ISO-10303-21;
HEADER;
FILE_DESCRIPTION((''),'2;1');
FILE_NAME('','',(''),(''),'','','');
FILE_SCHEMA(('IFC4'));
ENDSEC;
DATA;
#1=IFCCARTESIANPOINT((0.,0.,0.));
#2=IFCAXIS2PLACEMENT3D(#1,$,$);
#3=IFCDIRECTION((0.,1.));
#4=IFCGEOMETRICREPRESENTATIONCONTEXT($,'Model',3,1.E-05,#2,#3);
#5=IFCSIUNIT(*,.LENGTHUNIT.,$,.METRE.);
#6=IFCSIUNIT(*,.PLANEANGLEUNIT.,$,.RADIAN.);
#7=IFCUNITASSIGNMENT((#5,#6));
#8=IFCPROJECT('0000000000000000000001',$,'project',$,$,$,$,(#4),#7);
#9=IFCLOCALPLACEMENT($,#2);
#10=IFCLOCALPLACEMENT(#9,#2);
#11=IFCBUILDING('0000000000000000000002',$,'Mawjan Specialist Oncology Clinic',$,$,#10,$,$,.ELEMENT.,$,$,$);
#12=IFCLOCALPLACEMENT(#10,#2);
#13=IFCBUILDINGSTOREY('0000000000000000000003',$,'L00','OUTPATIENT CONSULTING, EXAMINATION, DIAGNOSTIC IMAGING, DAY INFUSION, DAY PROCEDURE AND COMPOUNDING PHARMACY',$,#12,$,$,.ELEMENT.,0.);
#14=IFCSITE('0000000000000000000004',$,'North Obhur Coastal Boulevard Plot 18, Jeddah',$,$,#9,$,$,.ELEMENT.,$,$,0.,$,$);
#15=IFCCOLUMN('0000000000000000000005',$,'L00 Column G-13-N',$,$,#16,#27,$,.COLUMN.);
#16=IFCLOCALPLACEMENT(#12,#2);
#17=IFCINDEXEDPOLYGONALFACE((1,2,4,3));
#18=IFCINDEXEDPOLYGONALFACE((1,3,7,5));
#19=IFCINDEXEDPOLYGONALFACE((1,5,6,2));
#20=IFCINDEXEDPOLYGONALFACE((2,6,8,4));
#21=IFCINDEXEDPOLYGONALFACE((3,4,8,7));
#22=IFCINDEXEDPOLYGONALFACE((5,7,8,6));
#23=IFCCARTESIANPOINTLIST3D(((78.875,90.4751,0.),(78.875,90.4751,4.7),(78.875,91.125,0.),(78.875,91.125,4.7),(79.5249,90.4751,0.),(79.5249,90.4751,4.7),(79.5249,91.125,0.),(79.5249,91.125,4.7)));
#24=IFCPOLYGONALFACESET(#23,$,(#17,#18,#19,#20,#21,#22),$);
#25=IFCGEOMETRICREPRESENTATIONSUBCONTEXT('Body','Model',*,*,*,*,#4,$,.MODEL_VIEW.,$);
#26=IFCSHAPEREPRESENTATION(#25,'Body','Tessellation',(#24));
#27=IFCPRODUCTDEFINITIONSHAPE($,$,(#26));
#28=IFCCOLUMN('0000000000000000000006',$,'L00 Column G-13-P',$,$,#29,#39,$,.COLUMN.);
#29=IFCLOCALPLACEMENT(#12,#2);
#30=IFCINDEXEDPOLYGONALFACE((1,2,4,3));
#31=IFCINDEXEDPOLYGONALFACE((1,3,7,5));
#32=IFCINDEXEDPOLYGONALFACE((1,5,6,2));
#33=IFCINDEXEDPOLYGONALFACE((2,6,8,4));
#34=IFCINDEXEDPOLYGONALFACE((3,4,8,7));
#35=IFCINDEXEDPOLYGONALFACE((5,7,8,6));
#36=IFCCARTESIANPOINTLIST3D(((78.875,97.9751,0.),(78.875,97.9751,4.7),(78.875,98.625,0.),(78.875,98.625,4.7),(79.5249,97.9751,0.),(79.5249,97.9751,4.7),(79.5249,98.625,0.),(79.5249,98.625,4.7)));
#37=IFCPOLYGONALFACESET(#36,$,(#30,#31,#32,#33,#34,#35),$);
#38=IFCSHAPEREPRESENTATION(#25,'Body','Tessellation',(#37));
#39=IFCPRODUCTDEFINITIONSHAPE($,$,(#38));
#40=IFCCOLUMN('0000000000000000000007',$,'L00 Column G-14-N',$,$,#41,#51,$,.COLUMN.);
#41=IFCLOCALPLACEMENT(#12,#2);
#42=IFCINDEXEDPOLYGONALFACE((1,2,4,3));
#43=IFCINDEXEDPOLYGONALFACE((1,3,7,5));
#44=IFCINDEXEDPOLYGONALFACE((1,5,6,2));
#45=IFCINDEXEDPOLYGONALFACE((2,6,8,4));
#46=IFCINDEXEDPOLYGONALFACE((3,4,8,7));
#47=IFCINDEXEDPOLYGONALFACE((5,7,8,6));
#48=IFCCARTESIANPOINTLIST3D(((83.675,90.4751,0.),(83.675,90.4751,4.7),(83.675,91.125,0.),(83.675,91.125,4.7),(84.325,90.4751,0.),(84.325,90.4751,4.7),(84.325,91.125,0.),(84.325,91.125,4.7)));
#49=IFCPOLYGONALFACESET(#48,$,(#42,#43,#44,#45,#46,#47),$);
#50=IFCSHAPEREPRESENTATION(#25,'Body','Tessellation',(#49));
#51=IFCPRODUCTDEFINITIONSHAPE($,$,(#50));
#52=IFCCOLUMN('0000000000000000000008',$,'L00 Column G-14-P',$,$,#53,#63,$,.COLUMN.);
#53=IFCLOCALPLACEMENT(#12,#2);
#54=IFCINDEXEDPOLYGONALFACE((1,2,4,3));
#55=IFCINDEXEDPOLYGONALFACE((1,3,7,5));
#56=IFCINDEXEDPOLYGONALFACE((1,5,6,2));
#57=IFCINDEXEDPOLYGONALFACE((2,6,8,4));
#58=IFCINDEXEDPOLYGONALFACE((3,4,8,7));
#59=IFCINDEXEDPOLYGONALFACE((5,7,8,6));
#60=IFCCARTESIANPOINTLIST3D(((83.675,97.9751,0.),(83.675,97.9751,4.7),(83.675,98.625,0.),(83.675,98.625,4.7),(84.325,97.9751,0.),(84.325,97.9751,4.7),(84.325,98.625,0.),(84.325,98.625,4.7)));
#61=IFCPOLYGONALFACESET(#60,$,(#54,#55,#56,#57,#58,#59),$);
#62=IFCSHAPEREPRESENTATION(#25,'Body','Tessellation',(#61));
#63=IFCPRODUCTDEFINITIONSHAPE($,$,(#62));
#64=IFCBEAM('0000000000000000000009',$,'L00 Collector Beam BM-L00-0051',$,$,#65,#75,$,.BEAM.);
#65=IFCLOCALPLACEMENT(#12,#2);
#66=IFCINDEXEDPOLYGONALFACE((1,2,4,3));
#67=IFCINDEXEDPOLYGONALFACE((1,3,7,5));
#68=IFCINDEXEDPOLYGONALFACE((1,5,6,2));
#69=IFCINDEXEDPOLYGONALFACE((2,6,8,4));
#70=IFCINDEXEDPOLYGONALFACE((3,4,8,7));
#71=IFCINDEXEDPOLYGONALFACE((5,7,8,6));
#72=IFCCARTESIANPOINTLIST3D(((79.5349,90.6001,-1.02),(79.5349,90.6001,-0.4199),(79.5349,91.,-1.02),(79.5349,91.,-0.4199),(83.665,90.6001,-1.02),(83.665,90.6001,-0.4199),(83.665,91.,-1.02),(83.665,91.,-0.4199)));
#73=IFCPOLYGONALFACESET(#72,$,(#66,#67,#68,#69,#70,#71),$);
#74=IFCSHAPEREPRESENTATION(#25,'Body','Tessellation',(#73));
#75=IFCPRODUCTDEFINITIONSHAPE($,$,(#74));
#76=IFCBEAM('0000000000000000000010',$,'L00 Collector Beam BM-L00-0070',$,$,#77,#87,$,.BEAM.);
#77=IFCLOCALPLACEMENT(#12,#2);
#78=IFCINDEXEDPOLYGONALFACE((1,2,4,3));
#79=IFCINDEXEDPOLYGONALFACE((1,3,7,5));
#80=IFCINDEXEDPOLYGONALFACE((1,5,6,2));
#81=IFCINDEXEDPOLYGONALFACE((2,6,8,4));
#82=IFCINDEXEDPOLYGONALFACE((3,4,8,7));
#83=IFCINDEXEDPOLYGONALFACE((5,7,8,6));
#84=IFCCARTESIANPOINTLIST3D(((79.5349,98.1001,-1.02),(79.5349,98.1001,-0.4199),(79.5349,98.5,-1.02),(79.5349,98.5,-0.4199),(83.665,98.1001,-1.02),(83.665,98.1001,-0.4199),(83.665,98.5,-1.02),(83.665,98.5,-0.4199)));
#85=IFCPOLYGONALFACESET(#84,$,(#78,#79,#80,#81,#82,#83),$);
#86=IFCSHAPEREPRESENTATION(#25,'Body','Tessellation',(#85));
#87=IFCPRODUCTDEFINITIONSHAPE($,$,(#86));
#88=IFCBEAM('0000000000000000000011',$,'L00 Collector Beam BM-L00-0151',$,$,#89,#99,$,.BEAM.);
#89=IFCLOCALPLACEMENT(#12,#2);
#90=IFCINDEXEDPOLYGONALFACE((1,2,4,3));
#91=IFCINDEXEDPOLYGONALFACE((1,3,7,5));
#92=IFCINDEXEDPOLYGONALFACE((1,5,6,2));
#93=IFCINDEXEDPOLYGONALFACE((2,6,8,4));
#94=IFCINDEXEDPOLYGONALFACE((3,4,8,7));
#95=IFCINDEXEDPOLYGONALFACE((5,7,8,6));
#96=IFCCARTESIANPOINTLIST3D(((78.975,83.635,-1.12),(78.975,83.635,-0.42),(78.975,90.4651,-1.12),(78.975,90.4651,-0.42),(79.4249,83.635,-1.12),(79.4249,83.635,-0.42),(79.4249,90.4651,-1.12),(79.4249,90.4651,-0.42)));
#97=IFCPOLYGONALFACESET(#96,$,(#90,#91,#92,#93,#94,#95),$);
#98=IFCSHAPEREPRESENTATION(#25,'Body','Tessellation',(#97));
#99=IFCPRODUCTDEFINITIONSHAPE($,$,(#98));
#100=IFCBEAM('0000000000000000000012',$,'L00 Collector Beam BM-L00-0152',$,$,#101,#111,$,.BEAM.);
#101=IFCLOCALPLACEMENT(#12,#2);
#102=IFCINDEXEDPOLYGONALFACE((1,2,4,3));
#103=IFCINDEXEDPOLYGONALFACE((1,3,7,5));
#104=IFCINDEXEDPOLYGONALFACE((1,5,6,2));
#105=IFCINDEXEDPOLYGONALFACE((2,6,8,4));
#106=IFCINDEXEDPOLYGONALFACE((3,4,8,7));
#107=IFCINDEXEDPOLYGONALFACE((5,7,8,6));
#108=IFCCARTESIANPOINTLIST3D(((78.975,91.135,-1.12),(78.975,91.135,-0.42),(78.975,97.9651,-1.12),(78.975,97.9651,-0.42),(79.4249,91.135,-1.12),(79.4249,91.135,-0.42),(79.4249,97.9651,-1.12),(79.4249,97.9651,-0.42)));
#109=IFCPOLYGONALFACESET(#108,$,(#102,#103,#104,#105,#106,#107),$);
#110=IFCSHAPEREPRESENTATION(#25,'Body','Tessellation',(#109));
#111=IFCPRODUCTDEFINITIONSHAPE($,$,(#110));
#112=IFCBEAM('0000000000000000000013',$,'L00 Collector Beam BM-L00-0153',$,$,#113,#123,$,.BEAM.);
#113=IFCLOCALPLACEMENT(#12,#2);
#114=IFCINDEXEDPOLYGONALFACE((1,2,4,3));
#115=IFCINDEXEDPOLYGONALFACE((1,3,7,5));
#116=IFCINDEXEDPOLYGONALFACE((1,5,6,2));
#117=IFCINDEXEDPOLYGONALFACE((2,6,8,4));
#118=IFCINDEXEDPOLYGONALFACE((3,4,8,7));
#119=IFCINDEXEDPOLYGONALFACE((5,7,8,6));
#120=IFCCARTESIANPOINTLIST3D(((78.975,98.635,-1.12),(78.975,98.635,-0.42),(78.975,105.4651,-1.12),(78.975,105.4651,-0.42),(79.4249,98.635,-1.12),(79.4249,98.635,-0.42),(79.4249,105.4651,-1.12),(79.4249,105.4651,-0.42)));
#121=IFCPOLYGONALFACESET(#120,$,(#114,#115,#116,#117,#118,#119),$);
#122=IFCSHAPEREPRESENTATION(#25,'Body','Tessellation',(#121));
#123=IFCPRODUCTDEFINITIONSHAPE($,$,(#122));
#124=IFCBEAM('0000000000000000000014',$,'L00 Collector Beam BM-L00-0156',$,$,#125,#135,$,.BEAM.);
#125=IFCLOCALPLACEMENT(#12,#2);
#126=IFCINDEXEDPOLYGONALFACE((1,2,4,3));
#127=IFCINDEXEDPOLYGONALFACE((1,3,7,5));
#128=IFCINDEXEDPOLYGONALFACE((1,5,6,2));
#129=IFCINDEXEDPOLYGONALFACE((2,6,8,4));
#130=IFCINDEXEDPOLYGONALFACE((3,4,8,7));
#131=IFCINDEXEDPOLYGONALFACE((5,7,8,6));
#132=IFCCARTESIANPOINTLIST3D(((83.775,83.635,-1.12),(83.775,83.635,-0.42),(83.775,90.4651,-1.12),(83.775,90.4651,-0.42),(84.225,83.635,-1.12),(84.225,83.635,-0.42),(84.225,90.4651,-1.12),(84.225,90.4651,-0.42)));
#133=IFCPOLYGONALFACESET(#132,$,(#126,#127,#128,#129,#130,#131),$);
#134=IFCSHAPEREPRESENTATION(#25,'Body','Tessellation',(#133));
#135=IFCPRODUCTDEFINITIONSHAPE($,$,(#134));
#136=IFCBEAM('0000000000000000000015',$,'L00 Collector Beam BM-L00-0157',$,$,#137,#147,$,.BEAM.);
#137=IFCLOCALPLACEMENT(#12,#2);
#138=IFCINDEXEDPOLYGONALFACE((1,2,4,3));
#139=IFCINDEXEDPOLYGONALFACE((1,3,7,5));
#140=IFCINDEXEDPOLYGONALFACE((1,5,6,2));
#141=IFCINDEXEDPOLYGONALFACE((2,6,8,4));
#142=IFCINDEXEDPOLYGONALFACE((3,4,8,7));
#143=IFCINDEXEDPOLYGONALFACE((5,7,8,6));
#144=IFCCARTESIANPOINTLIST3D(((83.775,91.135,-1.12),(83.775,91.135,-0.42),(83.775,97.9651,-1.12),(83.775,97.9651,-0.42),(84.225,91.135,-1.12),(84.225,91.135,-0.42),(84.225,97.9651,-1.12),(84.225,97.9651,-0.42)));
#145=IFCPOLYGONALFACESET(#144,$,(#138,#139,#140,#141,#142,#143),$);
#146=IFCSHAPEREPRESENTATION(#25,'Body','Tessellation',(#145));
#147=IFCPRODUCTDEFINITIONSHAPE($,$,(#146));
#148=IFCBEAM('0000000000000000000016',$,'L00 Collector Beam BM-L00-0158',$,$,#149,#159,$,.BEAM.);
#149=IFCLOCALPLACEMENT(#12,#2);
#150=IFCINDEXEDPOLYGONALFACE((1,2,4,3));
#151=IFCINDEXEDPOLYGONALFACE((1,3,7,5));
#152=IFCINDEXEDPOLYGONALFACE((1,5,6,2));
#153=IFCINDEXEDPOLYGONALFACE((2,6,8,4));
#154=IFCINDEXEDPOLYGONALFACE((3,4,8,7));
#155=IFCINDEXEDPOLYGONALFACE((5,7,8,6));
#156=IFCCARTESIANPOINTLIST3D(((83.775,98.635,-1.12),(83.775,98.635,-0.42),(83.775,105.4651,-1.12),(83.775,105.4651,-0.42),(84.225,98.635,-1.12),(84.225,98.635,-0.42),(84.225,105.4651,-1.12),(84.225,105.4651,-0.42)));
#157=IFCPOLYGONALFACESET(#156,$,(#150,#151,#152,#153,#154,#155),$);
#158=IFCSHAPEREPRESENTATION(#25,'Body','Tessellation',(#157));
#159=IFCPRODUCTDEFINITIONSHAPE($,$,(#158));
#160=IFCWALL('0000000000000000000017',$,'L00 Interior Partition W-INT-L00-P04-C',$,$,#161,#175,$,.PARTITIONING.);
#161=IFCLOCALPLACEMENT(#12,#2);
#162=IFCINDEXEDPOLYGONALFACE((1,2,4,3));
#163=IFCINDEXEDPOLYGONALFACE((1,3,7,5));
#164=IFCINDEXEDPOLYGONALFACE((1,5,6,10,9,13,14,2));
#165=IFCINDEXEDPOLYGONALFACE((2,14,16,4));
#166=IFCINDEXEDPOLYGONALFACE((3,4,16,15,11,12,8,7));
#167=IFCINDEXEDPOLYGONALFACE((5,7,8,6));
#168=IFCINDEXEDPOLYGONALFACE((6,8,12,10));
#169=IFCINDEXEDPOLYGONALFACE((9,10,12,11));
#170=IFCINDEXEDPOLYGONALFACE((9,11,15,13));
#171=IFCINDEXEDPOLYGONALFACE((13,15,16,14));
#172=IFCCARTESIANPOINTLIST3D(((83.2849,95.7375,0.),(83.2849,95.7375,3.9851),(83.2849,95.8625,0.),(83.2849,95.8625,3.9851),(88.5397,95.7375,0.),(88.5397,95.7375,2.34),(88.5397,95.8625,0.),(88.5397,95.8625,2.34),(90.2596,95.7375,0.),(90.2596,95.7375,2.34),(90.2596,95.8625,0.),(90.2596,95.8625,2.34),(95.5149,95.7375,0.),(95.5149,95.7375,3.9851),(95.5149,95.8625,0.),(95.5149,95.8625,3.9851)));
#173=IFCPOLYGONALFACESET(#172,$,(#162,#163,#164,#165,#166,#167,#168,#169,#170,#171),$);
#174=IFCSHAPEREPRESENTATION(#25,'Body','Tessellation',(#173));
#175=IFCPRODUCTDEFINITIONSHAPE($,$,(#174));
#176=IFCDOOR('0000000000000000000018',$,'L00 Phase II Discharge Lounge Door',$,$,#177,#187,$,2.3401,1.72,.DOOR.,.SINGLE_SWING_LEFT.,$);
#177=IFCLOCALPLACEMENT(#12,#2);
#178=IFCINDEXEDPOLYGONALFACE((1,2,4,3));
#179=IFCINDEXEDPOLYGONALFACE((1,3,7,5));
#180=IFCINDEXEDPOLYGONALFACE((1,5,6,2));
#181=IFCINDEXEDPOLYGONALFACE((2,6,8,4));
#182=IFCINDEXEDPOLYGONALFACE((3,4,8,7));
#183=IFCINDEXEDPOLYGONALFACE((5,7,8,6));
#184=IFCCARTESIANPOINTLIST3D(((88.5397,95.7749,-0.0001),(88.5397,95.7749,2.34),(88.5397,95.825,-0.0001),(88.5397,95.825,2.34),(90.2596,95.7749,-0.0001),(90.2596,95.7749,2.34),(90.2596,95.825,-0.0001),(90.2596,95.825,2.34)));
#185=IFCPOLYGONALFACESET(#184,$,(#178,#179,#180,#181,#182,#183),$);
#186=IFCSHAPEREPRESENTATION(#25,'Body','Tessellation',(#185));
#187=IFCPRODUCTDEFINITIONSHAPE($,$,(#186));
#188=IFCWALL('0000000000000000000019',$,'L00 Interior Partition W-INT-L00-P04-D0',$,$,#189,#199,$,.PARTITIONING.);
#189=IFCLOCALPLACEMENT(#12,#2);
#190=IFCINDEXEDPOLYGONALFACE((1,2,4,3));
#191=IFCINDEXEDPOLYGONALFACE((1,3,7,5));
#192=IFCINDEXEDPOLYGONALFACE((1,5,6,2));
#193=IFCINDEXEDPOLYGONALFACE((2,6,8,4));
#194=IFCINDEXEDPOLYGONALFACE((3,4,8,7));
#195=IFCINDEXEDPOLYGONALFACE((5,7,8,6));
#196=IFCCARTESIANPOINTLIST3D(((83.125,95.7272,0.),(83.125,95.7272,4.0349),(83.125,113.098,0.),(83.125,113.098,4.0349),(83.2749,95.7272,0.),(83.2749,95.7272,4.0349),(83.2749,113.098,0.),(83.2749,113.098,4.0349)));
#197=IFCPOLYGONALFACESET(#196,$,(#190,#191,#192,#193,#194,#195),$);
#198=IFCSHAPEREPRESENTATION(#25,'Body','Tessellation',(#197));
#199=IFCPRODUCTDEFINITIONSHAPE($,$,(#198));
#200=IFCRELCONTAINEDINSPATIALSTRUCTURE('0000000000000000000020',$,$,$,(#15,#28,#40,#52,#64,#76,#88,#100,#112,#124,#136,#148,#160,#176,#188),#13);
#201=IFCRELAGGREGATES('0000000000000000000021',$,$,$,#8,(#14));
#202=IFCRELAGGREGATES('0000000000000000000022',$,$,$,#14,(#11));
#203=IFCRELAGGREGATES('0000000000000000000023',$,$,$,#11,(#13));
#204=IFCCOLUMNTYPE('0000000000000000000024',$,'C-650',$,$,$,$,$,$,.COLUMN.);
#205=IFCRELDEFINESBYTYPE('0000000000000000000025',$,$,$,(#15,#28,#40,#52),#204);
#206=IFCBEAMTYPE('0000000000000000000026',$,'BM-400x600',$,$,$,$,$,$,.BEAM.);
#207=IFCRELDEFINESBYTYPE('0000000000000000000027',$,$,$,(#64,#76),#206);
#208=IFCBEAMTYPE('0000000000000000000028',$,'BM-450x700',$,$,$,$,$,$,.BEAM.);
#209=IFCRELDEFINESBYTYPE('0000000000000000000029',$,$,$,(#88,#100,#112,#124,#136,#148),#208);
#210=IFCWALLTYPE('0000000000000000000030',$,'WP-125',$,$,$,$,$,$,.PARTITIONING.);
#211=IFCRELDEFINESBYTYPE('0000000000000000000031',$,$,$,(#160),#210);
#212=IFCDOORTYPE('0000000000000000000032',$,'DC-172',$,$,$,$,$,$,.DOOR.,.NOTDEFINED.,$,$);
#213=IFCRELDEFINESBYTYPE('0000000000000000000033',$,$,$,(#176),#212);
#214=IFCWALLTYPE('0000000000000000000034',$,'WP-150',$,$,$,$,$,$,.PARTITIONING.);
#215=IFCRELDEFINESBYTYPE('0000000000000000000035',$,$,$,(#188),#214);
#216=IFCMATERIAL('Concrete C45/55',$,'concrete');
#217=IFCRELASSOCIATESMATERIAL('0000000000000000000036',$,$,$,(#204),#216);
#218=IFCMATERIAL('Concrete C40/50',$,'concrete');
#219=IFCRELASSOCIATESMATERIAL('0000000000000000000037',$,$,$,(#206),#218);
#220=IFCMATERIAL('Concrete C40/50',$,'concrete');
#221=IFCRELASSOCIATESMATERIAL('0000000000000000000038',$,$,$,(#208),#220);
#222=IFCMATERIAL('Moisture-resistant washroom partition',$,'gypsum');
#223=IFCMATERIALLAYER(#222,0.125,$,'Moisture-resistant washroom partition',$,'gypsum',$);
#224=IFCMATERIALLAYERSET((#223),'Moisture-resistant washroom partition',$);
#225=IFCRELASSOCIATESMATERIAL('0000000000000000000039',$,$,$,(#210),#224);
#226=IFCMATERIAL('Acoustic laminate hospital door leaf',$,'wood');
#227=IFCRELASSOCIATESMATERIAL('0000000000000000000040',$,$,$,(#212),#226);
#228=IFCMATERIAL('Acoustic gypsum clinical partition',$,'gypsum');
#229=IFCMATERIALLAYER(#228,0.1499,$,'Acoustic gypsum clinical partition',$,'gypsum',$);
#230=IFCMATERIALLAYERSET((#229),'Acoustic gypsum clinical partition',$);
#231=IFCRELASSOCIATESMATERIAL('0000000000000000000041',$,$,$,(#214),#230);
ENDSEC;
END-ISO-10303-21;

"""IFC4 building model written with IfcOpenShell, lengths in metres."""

from ifc_helpers import new_model, si_unit, direction, frame, frame_2d, origin, origin_2d, place, context, subcontext, project, spatial, rectangle, extrude, material, layer, layer_set, material_profile, profile_set, type_object, element, fill, save


model = new_model("IFC4")

# Units and contexts
model_context = context("Model", 3, precision=1e-05, world=origin(), true_north=direction((0.0, 1.0)))
body_context = subcontext(model_context, "Body", "Model", "MODEL_VIEW")
ifc_project = project(units=[si_unit("LENGTHUNIT", "METRE"), si_unit("PLANEANGLEUNIT", "RADIAN")], contexts=[model_context])

# Site, building, storey
site_placement = place(None, origin())
site = spatial("IfcSite", under=ifc_project, at=site_placement, Name="North Obhur Coastal Boulevard Plot 18, Jeddah", CompositionType="ELEMENT", RefElevation=0.0)
building_placement = place(site_placement, origin())
building = spatial("IfcBuilding", under=site, at=building_placement, Name="Mawjan Specialist Oncology Clinic", CompositionType="ELEMENT")
storey_placement = place(building_placement, origin())
storey = spatial("IfcBuildingStorey", under=building, at=storey_placement, Name="L00", Description="OUTPATIENT CONSULTING, EXAMINATION, DIAGNOSTIC IMAGING, DAY INFUSION, DAY PROCEDURE AND COMPOUNDING PHARMACY", CompositionType="ELEMENT", Elevation=0.0)

# Columns
ifc_material_1 = material(Name="Concrete C45/55", Category="concrete")
ifc_material_profile_1 = material_profile(ifc_material_1, rectangle(XDim=0.6499, YDim=0.6499, at=origin_2d()), Name="RC COL 650x650", Category="concrete")
ifc_profile_set_1 = profile_set([ifc_material_profile_1], Name="Concrete C45/55")
column_type = type_object("IfcColumnType", Name="C-650", PredefinedType="COLUMN", material=ifc_profile_set_1)
for number, where, z_axis, x_axis, name in (
    (1, (79.2, 90.8, 0.0), (0.0, 0.0, 1.0), (1.0, 0.0, 0.0), "L00 Column G-13-N"),
    (2, (79.2, 98.3, 0.0), (0.0, 0.0, 1.0), (1.0, 0.0, 0.0), "L00 Column G-13-P"),
    (3, (84.0, 90.8, 0.0), (0.0, 0.0, 1.0), (1.0, 0.0, 0.0), "L00 Column G-14-N"),
    (4, (84.0, 98.3, 0.0), (0.0, 0.0, 1.0), (1.0, 0.0, 0.0), "L00 Column G-14-P"),
):
    element("IfcColumn", number, at=place(storey_placement, frame(where, z_axis=z_axis, x_axis=x_axis)), inside=storey, type_object=column_type, Name=name, PredefinedType="COLUMN", context=body_context, shape_type="SweptSolid", body=[
        extrude(rectangle(XDim=0.6499, YDim=0.6499, at=origin_2d()), origin(), (0.0, 0.0, 1.0), 4.7),
    ])

# Beams
ifc_material_2 = material(Name="Concrete C40/50", Category="concrete")
ifc_material_profile_2 = material_profile(ifc_material_2, rectangle(XDim=0.3999, YDim=0.6001, at=origin_2d()), Name="RC BM 400x600", Category="concrete")
ifc_profile_set_2 = profile_set([ifc_material_profile_2], Name="Concrete C40/50")
beam_type_1 = type_object("IfcBeamType", Name="BM-400x600", PredefinedType="BEAM", material=ifc_profile_set_2)
for number, where, z_axis, x_axis, name in (
    (5, (79.5349, 90.8, -0.72), (1.0, 0.0, 0.0), (0.0, 1.0, 0.0), "L00 Collector Beam BM-L00-0051"),
    (6, (79.5349, 98.3, -0.72), (1.0, 0.0, 0.0), (0.0, 1.0, 0.0), "L00 Collector Beam BM-L00-0070"),
):
    element("IfcBeam", number, at=place(storey_placement, frame(where, z_axis=z_axis, x_axis=x_axis)), inside=storey, type_object=beam_type_1, Name=name, PredefinedType="BEAM", context=body_context, shape_type="SweptSolid", body=[
        extrude(rectangle(XDim=0.3999, YDim=0.6001, at=origin_2d()), origin(), (0.0, 0.0, 1.0), 4.1301),
    ])
ifc_material_3 = material(Name="Concrete C40/50", Category="concrete")
ifc_material_profile_3 = material_profile(ifc_material_3, rectangle(XDim=0.45, YDim=0.7, at=origin_2d()), Name="RC BM 450x700", Category="concrete")
ifc_profile_set_3 = profile_set([ifc_material_profile_3], Name="Concrete C40/50")
beam_type_2 = type_object("IfcBeamType", Name="BM-450x700", PredefinedType="BEAM", material=ifc_profile_set_3)
for number, where, z_axis, x_axis, name in (
    (7, (79.2, 83.635, -0.77), (0.0, 1.0, 0.0), (-1.0, 0.0, 0.0), "L00 Collector Beam BM-L00-0151"),
    (8, (79.2, 91.135, -0.77), (0.0, 1.0, 0.0), (-1.0, 0.0, 0.0), "L00 Collector Beam BM-L00-0152"),
    (9, (79.2, 98.635, -0.77), (0.0, 1.0, 0.0), (-1.0, 0.0, 0.0), "L00 Collector Beam BM-L00-0153"),
    (10, (84.0, 83.635, -0.77), (0.0, 1.0, 0.0), (-1.0, 0.0, 0.0), "L00 Collector Beam BM-L00-0156"),
    (11, (84.0, 91.135, -0.77), (0.0, 1.0, 0.0), (-1.0, 0.0, 0.0), "L00 Collector Beam BM-L00-0157"),
    (12, (84.0, 98.635, -0.77), (0.0, 1.0, 0.0), (-1.0, 0.0, 0.0), "L00 Collector Beam BM-L00-0158"),
):
    element("IfcBeam", number, at=place(storey_placement, frame(where, z_axis=z_axis, x_axis=x_axis)), inside=storey, type_object=beam_type_2, Name=name, PredefinedType="BEAM", context=body_context, shape_type="SweptSolid", body=[
        extrude(rectangle(XDim=0.45, YDim=0.7, at=origin_2d()), origin(), (0.0, 0.0, 1.0), 6.8301),
    ])

# Wall, opening, door
ifc_material_4 = material(Name="Moisture-resistant washroom partition", Category="gypsum")
ifc_layer_1 = layer(ifc_material_4, 0.125, Name="Moisture-resistant washroom partition", Category="gypsum")
ifc_layer_set_1 = layer_set([ifc_layer_1], Name="Moisture-resistant washroom partition")
wall_type_1 = type_object("IfcWallType", Name="WP-125", PredefinedType="PARTITIONING", material=ifc_layer_set_1)
wall_1_placement = place(storey_placement, frame((83.2849, 95.8, 0.0), z_axis=(0.0, 0.0, 1.0), x_axis=(1.0, 0.0, 0.0)))
wall_1 = element("IfcWall", 13, at=wall_1_placement, inside=storey, type_object=wall_type_1, Name="L00 Interior Partition W-INT-L00-P04-C", PredefinedType="PARTITIONING", context=body_context, shape_type="SweptSolid", body=[
    extrude(rectangle(XDim=12.23, YDim=0.125, at=frame_2d((6.115, 0.0))), origin(), (0.0, 0.0, 1.0), 3.9851),
])
opening_1_placement = place(wall_1_placement, frame((5.2549, 0.0, 0.0)))
opening_1 = element("IfcOpeningElement", 14, at=opening_1_placement, cuts=wall_1, PredefinedType="OPENING", context=body_context, shape_type="SweptSolid", body=[
    extrude(rectangle(XDim=1.72, YDim=2.3401, at=frame_2d((0.8599, 1.1699))), frame((0.0, 0.0745, 0.0), z_axis=(0.0, -1.0, 0.0), x_axis=(1.0, 0.0, 0.0)), (0.0, 0.0, 1.0), 0.1489),
])
ifc_material_5 = material(Name="Acoustic laminate hospital door leaf", Category="wood")
door_type_1 = type_object("IfcDoorType", Name="DC-172", OperationType="NOTDEFINED", PredefinedType="DOOR", material=ifc_material_5)
door_1_placement = place(opening_1_placement, origin())
door_1 = element("IfcDoor", 15, at=door_1_placement, inside=storey, type_object=door_type_1, Name="L00 Phase II Discharge Lounge Door", OperationType="SINGLE_SWING_LEFT", OverallHeight=2.3401, OverallWidth=1.72, PredefinedType="DOOR", context=body_context, shape_type="SweptSolid", body=[
    extrude(rectangle(XDim=1.72, YDim=2.3401, at=frame_2d((0.8599, 1.1699))), frame((0.0, 0.0249, 0.0), z_axis=(0.0, -1.0, 0.0), x_axis=(1.0, 0.0, 0.0)), (0.0, 0.0, 1.0), 0.05),
])
fill(opening_1, door_1)

# Wall
ifc_material_6 = material(Name="Acoustic gypsum clinical partition", Category="gypsum")
ifc_layer_2 = layer(ifc_material_6, 0.1499, Name="Acoustic gypsum clinical partition", Category="gypsum")
ifc_layer_set_2 = layer_set([ifc_layer_2], Name="Acoustic gypsum clinical partition")
wall_type_2 = type_object("IfcWallType", Name="WP-150", PredefinedType="PARTITIONING", material=ifc_layer_set_2)
wall_2_placement = place(storey_placement, frame((83.2, 95.7271, 0.0), z_axis=(0.0, 0.0, 1.0), x_axis=(0.0, 1.0, 0.0)))
element("IfcWall", 16, at=wall_2_placement, inside=storey, type_object=wall_type_2, Name="L00 Interior Partition W-INT-L00-P04-D0", PredefinedType="PARTITIONING", context=body_context, shape_type="SweptSolid", body=[
    extrude(rectangle(XDim=17.3708, YDim=0.1499, at=frame_2d((8.6855, 0.0))), origin(), (0.0, 0.0, 1.0), 4.0349),
])

save(model, "model.ifc")
